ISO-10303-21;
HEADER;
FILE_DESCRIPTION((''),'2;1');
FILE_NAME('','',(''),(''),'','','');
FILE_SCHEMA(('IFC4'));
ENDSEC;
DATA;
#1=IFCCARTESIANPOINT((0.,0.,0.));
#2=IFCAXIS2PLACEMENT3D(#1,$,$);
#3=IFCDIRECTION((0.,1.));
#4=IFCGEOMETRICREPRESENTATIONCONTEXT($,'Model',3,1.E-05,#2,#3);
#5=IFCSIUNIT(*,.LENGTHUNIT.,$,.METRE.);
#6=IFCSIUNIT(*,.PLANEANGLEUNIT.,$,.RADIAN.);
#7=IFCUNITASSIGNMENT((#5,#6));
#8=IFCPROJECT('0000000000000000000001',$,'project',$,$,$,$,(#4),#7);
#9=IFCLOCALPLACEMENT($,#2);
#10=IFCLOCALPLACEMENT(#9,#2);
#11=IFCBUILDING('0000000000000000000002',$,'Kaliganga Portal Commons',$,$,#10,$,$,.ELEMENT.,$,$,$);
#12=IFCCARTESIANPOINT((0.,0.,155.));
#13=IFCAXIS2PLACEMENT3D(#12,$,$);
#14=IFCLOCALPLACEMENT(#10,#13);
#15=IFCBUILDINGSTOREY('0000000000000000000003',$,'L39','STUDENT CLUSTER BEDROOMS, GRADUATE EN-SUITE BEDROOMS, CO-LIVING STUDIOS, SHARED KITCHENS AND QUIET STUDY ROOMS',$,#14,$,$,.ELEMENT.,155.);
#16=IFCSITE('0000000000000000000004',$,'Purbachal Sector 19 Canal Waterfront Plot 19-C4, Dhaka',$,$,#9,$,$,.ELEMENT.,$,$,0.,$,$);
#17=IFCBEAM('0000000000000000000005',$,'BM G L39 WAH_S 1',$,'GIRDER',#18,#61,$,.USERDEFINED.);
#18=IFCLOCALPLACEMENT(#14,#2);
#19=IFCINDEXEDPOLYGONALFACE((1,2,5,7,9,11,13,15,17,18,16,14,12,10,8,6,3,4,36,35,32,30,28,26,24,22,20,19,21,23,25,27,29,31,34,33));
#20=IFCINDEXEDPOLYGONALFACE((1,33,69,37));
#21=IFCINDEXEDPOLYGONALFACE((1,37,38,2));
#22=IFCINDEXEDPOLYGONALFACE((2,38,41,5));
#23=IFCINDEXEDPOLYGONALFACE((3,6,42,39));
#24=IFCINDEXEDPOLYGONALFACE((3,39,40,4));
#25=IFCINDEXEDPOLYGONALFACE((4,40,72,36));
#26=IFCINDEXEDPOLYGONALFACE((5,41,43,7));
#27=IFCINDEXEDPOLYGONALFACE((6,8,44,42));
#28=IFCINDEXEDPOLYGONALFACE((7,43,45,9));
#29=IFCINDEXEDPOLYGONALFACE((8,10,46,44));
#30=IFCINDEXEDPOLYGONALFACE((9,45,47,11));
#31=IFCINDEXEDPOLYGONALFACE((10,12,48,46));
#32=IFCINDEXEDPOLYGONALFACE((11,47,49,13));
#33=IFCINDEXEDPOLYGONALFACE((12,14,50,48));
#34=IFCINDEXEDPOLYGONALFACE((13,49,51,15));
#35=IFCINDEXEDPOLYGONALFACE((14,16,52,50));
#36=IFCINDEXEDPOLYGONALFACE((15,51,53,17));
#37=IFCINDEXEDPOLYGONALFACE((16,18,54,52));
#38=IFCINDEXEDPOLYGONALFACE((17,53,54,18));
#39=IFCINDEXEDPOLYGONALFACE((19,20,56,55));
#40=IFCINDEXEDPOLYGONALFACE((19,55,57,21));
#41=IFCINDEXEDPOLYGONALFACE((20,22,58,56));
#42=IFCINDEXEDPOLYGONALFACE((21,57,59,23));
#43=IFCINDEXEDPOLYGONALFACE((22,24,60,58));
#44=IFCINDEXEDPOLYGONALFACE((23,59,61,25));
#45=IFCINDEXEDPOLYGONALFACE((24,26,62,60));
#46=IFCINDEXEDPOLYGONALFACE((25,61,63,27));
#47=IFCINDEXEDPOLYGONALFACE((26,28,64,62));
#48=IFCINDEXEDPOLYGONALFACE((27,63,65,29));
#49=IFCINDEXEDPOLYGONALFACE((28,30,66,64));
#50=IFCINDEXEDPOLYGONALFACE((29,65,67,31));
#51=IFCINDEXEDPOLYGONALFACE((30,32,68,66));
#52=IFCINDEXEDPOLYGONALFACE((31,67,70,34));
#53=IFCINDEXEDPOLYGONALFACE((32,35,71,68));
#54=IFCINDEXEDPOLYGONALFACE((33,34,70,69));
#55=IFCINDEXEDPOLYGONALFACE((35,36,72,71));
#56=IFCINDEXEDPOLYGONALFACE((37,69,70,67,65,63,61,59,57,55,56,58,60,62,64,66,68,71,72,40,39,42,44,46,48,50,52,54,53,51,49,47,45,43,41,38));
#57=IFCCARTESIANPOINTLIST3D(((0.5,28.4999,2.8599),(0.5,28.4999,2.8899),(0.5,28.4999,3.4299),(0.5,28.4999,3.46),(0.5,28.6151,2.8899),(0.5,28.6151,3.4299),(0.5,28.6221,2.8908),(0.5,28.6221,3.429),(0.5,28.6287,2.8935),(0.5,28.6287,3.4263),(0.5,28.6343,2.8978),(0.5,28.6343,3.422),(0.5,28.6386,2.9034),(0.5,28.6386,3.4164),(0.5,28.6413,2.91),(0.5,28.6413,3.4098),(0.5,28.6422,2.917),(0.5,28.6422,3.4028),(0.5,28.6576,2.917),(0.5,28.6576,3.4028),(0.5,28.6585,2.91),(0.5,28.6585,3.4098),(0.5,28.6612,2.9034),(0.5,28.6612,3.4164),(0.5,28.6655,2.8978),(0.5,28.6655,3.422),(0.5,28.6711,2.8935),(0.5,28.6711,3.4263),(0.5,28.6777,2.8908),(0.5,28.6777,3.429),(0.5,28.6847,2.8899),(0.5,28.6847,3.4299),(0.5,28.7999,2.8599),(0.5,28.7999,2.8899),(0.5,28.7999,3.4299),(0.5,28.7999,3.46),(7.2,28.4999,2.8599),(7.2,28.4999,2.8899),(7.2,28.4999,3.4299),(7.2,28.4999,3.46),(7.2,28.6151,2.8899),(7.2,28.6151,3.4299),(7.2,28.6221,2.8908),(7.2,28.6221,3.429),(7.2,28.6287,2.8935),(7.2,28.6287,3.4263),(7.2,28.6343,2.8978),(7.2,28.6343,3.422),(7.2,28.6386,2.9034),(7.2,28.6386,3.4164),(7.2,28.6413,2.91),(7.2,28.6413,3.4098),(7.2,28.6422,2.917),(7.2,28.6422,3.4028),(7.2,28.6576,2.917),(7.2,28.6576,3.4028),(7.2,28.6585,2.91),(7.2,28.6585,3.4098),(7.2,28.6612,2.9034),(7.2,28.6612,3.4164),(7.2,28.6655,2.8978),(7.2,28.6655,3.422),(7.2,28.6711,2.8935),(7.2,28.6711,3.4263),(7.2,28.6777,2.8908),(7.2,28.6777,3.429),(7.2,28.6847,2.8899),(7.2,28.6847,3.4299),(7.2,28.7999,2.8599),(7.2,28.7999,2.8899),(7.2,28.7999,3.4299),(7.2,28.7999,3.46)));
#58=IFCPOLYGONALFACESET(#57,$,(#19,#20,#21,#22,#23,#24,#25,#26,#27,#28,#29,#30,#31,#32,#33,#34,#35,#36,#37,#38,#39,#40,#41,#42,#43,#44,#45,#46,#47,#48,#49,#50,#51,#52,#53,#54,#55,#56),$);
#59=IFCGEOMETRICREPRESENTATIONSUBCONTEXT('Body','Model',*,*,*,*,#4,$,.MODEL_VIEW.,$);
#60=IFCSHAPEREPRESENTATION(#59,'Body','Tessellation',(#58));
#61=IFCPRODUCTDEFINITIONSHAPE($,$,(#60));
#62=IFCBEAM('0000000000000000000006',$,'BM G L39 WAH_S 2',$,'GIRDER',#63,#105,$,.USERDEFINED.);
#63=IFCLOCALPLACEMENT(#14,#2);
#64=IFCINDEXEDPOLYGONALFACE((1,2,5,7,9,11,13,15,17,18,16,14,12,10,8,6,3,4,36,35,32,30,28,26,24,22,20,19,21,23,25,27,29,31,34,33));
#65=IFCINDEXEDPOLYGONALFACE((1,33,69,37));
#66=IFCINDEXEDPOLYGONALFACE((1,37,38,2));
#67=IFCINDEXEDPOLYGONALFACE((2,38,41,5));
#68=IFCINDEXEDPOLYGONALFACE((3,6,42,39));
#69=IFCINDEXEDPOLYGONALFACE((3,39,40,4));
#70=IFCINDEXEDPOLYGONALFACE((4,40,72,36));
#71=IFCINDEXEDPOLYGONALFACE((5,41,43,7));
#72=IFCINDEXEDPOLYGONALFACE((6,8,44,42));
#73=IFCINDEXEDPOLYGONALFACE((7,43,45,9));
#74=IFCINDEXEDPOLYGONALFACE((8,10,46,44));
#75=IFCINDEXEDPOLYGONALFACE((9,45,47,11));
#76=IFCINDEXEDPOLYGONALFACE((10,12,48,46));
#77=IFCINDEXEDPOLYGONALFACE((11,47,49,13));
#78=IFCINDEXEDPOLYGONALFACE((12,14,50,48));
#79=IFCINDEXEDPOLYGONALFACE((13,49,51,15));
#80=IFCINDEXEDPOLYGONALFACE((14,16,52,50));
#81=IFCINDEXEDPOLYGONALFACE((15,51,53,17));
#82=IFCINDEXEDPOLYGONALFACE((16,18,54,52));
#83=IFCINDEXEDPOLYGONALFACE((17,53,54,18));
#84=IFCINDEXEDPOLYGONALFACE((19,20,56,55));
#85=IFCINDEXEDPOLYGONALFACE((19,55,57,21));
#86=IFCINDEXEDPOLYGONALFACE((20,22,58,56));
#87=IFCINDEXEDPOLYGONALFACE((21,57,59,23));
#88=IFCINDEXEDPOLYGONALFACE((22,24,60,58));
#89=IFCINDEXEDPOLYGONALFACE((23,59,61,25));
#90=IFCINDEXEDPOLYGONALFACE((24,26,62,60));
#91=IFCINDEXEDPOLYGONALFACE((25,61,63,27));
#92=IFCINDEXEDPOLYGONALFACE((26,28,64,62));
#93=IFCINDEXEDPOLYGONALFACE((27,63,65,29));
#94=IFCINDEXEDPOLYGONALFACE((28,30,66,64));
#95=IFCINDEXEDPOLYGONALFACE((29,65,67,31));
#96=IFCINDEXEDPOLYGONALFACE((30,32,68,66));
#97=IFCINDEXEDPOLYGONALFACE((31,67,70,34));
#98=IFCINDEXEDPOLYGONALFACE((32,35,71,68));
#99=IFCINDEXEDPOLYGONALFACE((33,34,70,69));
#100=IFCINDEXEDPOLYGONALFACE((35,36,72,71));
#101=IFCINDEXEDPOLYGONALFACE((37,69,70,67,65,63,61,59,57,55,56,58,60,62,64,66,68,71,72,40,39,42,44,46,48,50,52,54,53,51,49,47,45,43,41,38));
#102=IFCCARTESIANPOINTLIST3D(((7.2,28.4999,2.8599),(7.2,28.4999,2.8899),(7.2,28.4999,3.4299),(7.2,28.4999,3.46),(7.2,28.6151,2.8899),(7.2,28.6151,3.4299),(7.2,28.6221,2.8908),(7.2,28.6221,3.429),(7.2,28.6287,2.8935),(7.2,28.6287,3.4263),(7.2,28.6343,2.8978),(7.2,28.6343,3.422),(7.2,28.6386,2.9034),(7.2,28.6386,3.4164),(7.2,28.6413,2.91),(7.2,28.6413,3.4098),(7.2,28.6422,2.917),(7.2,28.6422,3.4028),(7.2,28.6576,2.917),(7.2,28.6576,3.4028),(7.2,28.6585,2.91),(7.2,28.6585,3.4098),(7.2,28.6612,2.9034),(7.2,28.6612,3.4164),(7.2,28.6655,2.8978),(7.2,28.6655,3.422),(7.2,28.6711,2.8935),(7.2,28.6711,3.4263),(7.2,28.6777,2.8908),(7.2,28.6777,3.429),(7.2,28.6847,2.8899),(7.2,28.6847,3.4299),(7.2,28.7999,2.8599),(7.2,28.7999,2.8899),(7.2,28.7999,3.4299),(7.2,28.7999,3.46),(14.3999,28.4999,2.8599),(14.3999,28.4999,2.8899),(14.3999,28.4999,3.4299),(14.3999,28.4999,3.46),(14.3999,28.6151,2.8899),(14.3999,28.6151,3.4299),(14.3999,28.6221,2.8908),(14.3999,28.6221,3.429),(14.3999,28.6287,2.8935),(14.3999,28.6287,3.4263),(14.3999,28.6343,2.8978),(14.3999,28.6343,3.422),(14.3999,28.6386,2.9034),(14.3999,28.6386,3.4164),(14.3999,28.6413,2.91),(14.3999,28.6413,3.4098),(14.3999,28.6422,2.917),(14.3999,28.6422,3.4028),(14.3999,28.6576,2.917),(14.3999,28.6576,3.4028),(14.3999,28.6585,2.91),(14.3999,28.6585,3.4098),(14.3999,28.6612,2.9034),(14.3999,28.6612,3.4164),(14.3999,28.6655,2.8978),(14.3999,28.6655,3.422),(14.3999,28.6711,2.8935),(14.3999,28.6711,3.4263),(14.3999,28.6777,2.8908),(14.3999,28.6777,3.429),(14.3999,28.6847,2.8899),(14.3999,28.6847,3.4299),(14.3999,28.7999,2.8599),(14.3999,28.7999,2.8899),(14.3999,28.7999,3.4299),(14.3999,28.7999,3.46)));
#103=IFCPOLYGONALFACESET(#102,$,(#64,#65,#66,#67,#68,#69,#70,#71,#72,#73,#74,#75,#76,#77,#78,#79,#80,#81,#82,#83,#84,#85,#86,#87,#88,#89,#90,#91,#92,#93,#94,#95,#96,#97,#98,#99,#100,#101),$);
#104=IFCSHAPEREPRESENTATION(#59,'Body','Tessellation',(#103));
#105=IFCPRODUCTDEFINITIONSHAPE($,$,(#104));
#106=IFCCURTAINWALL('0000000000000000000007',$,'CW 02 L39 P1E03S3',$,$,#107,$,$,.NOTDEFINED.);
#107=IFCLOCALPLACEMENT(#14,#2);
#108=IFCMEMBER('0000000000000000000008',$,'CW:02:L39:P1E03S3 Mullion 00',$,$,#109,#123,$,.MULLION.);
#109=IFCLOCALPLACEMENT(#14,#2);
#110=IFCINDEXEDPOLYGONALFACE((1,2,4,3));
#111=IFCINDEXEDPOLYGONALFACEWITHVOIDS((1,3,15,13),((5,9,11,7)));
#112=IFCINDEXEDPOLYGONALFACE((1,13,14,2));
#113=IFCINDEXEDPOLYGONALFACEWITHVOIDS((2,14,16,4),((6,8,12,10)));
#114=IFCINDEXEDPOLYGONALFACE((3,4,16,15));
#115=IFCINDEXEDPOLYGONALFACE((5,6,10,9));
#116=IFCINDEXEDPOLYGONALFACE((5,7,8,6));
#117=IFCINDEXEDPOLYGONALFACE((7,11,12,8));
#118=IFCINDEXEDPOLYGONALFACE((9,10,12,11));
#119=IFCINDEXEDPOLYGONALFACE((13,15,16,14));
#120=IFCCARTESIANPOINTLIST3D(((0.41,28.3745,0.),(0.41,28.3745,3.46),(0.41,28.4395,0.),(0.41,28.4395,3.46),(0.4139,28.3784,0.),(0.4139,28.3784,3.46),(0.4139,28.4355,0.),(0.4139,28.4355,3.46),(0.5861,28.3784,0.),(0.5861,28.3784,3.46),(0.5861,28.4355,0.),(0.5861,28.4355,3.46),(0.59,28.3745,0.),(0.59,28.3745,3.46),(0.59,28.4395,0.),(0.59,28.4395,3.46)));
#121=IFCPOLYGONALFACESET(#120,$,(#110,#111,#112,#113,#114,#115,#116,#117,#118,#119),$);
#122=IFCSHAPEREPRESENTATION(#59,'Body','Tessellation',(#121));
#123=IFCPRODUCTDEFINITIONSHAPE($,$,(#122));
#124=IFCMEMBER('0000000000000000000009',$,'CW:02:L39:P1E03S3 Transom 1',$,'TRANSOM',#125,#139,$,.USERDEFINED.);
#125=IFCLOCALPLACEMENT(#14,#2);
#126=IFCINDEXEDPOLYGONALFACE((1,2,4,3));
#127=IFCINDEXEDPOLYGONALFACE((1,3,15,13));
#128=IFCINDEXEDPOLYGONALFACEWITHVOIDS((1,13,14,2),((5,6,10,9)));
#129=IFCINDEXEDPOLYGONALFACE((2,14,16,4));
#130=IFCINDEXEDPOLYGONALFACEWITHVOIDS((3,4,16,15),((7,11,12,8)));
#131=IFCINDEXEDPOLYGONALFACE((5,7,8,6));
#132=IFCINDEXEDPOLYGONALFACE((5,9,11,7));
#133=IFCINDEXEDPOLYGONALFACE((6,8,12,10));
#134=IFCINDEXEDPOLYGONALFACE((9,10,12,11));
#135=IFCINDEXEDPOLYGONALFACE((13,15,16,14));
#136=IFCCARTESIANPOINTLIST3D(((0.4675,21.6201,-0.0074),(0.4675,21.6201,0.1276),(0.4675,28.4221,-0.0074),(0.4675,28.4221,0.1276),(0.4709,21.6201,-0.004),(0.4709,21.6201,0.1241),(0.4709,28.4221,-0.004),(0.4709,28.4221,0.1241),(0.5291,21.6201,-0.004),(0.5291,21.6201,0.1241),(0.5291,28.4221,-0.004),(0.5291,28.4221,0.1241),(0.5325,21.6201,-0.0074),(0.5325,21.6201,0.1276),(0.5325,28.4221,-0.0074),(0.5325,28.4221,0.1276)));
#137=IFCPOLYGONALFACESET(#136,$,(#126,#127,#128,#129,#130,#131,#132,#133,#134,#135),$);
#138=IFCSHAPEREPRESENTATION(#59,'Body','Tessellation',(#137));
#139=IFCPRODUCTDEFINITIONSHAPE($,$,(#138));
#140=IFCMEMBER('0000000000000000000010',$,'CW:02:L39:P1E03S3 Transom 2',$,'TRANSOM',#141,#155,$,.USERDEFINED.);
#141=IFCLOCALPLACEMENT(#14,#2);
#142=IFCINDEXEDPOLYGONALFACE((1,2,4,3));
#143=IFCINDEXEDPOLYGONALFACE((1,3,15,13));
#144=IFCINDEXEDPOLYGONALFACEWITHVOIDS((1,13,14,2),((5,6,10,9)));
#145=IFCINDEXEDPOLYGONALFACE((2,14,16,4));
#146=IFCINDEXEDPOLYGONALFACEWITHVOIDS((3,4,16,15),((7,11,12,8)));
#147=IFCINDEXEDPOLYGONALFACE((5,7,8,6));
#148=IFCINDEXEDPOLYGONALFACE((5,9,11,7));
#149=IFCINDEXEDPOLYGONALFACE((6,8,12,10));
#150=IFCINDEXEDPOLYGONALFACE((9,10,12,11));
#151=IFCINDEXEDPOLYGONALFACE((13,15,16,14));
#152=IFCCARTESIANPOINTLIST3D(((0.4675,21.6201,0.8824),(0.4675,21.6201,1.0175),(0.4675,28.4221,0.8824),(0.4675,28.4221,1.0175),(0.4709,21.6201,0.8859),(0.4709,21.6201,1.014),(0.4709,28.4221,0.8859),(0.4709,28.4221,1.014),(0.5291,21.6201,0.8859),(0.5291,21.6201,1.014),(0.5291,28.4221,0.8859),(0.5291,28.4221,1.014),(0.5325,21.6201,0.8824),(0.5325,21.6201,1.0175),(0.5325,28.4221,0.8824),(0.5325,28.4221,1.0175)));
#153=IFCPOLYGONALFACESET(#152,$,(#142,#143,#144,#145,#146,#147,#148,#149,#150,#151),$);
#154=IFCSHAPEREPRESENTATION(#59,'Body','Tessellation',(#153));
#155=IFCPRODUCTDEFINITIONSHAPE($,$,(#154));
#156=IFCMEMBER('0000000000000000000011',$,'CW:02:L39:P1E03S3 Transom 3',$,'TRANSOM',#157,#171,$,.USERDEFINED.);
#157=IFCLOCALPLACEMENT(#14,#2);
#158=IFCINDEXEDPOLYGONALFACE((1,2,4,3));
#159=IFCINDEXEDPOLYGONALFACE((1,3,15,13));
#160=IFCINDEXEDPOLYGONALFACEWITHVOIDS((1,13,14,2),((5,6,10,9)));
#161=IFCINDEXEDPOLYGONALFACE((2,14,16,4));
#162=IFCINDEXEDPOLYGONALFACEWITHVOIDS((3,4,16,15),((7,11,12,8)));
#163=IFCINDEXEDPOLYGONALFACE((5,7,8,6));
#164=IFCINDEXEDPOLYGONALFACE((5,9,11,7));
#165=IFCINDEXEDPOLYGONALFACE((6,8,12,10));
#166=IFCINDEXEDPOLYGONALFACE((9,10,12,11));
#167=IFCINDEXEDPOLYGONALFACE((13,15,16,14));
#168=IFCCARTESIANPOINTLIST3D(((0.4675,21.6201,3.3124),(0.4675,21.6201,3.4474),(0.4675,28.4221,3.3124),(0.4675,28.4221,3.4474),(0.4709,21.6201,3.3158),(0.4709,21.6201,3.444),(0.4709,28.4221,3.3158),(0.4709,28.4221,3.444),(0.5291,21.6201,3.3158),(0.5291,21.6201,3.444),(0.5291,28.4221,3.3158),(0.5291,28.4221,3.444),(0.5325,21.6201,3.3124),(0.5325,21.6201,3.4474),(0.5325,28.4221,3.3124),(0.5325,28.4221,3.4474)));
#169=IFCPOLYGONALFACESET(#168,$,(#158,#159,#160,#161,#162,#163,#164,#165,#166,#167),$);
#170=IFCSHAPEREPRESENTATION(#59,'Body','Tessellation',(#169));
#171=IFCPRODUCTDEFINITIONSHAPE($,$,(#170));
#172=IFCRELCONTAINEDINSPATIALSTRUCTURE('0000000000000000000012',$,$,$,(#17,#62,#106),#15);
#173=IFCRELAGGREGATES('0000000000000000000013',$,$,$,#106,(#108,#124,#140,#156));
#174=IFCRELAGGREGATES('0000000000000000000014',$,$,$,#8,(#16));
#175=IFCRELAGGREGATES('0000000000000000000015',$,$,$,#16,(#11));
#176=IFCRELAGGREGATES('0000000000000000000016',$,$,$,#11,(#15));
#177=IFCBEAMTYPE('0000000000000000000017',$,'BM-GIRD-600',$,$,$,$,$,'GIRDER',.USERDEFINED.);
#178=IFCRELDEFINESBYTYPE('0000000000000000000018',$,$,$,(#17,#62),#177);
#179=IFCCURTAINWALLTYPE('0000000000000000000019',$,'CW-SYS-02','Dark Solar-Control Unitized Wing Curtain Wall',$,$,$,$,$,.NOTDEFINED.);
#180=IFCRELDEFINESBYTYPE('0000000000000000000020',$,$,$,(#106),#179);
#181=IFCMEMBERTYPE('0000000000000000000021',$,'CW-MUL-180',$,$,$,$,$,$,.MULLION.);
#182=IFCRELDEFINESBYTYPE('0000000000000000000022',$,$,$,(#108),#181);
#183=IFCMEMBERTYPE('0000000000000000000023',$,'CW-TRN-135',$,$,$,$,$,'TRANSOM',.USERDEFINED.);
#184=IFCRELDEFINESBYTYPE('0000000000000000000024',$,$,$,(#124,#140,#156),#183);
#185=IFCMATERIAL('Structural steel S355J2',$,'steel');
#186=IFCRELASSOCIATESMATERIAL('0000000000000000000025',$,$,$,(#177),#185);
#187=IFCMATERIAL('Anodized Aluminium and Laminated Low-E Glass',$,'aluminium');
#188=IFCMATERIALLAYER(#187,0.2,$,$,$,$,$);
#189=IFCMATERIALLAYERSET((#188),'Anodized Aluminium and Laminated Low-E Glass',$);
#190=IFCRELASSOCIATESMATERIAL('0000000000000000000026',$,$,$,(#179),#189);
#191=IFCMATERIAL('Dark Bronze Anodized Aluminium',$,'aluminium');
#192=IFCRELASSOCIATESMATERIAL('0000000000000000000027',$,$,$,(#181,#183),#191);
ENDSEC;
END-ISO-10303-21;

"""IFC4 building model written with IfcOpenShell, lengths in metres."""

from ifc_helpers import new_model, si_unit, direction, frame, origin, origin_2d, place, context, subcontext, project, spatial, hollow_rectangle, i_section, extrude, source, transform, mapped, material, layer, layer_set, material_profile, profile_set, type_object, element, aggregate, save


model = new_model("IFC4")

# Units and contexts
model_context = context("Model", 3, precision=1e-05, world=origin(), true_north=direction((0.0, 1.0)))
body_context = subcontext(model_context, "Body", "Model", "MODEL_VIEW")
ifc_project = project(units=[si_unit("LENGTHUNIT", "METRE"), si_unit("PLANEANGLEUNIT", "RADIAN")], contexts=[model_context])

# Site, building, storey
site_placement = place(None, origin())
site = spatial("IfcSite", under=ifc_project, at=site_placement, Name="Purbachal Sector 19 Canal Waterfront Plot 19-C4, Dhaka", CompositionType="ELEMENT", RefElevation=0.0)
building_placement = place(site_placement, origin())
building = spatial("IfcBuilding", under=site, at=building_placement, Name="Kaliganga Portal Commons", CompositionType="ELEMENT")
storey_placement = place(building_placement, frame((0.0, 0.0, 155.0)))
storey = spatial("IfcBuildingStorey", under=building, at=storey_placement, Name="L39", Description="STUDENT CLUSTER BEDROOMS, GRADUATE EN-SUITE BEDROOMS, CO-LIVING STUDIOS, SHARED KITCHENS AND QUIET STUDY ROOMS", CompositionType="ELEMENT", Elevation=155.0)

# Beams
ifc_material_1 = material(Name="Structural steel S355J2", Category="steel")
ifc_material_profile_1 = material_profile(ifc_material_1, i_section(OverallWidth=0.3, OverallDepth=0.6001, WebThickness=0.0154, FlangeThickness=0.03, FilletRadius=0.0271, at=origin_2d()), Name="HE 600 B")
ifc_profile_set_1 = profile_set([ifc_material_profile_1], Name="Structural steel S355J2 wide-flange")
beam_type_1 = type_object("IfcBeamType", Name="BM-GIRD-600", ElementType="GIRDER", PredefinedType="USERDEFINED", material=ifc_profile_set_1)
shared_shape_1 = source(origin(), body_context, "Body", "SweptSolid", [
    extrude(i_section(OverallWidth=0.3, OverallDepth=0.6001, WebThickness=0.0154, FlangeThickness=0.03, FilletRadius=0.0271, at=origin_2d()), origin(), (0.0, 0.0, 1.0), 6.7),
])
beam_1_placement = place(storey_placement, frame((0.5, 28.6499, 3.1599), z_axis=(1.0, 0.0, 0.0), x_axis=(0.0, 1.0, 0.0)))
element("IfcBeam", 1, at=beam_1_placement, inside=storey, type_object=beam_type_1, Name="BM G L39 WAH_S 1", ObjectType="GIRDER", PredefinedType="USERDEFINED", context=body_context, shape_type="MappedRepresentation", body=[
    mapped(shared_shape_1, transform((0.0, 0.0, 0.0), x_axis=(1.0, 0.0, 0.0), y_axis=(0.0, 1.0, 0.0), z_axis=(0.0, 0.0, 1.0), scale=1.0)),
])
shared_shape_2 = source(origin(), body_context, "Body", "SweptSolid", [
    extrude(i_section(OverallWidth=0.3, OverallDepth=0.6001, WebThickness=0.0154, FlangeThickness=0.03, FilletRadius=0.0271, at=origin_2d()), origin(), (0.0, 0.0, 1.0), 7.2),
])
beam_2_placement = place(storey_placement, frame((7.2, 28.6499, 3.1599), z_axis=(1.0, 0.0, 0.0), x_axis=(0.0, 1.0, 0.0)))
element("IfcBeam", 2, at=beam_2_placement, inside=storey, type_object=beam_type_1, Name="BM G L39 WAH_S 2", ObjectType="GIRDER", PredefinedType="USERDEFINED", context=body_context, shape_type="MappedRepresentation", body=[
    mapped(shared_shape_2, transform((0.0, 0.0, 0.0), x_axis=(1.0, 0.0, 0.0), y_axis=(0.0, 1.0, 0.0), z_axis=(0.0, 0.0, 1.0), scale=1.0)),
])

# Curtain wall, members
ifc_material_2 = material(Name="Anodized Aluminium and Laminated Low-E Glass", Category="aluminium")
ifc_layer_1 = layer(ifc_material_2, 0.2)
ifc_layer_set_1 = layer_set([ifc_layer_1], Name="Anodized Aluminium and Laminated Low-E Glass")
curtain_wall_type = type_object("IfcCurtainWallType", Name="CW-SYS-02", Description="Dark Solar-Control Unitized Wing Curtain Wall", PredefinedType="NOTDEFINED", material=ifc_layer_set_1)
curtain_wall_1_placement = place(storey_placement, origin())
curtain_wall_1 = element("IfcCurtainWall", 3, at=curtain_wall_1_placement, inside=storey, type_object=curtain_wall_type, Name="CW 02 L39 P1E03S3", PredefinedType="NOTDEFINED")
ifc_material_3 = material(Name="Dark Bronze Anodized Aluminium", Category="aluminium")
ifc_material_profile_2 = material_profile(ifc_material_3, hollow_rectangle(XDim=0.0649, YDim=0.1799, WallThickness=0.0039, at=origin_2d()), Name="ALU MULL 65x180x4")
ifc_profile_set_2 = profile_set([ifc_material_profile_2], Name="Dark Bronze Anodized Aluminium")
member_type_1 = type_object("IfcMemberType", Name="CW-MUL-180", PredefinedType="MULLION", material=ifc_profile_set_2)
shared_shape_3 = source(origin(), body_context, "Body", "SweptSolid", [
    extrude(hollow_rectangle(XDim=0.0649, YDim=0.1799, WallThickness=0.0039, at=origin_2d()), origin(), (0.0, 0.0, 1.0), 3.46),
])
member_1_placement = place(storey_placement, frame((0.5, 28.407, 0.0), z_axis=(0.0, 0.0, 1.0), x_axis=(0.0, -1.0, 0.0)))
member_1 = element("IfcMember", 4, at=member_1_placement, type_object=member_type_1, Name="CW:02:L39:P1E03S3 Mullion 00", PredefinedType="MULLION", context=body_context, shape_type="MappedRepresentation", body=[
    mapped(shared_shape_3, transform((0.0, 0.0, 0.0), x_axis=(1.0, 0.0, 0.0), y_axis=(0.0, 1.0, 0.0), z_axis=(0.0, 0.0, 1.0), scale=1.0)),
])
ifc_material_profile_3 = material_profile(ifc_material_3, hollow_rectangle(XDim=0.0649, YDim=0.135, WallThickness=0.0034, at=origin_2d()), Name="ALU TRAN 65x135x3.5")
ifc_profile_set_3 = profile_set([ifc_material_profile_3], Name="Dark Bronze Anodized Aluminium")
member_type_2 = type_object("IfcMemberType", Name="CW-TRN-135", ElementType="TRANSOM", PredefinedType="USERDEFINED", material=ifc_profile_set_3)
shared_shape_4 = source(origin(), body_context, "Body", "SweptSolid", [
    extrude(hollow_rectangle(XDim=0.0649, YDim=0.135, WallThickness=0.0034, at=origin_2d()), origin(), (0.0, 0.0, 1.0), 6.802),
])
member_2_placement = place(storey_placement, frame((0.5, 28.4221, 0.0601), z_axis=(0.0, -1.0, 0.0), x_axis=(1.0, 0.0, 0.0)))
member_2 = element("IfcMember", 5, at=member_2_placement, type_object=member_type_2, Name="CW:02:L39:P1E03S3 Transom 1", ObjectType="TRANSOM", PredefinedType="USERDEFINED", context=body_context, shape_type="MappedRepresentation", body=[
    mapped(shared_shape_4, transform((0.0, 0.0, 0.0), x_axis=(1.0, 0.0, 0.0), y_axis=(0.0, 1.0, 0.0), z_axis=(0.0, 0.0, 1.0), scale=1.0)),
])
member_3_placement = place(storey_placement, frame((0.5, 28.4221, 0.95), z_axis=(0.0, -1.0, 0.0), x_axis=(1.0, 0.0, 0.0)))
member_3 = element("IfcMember", 6, at=member_3_placement, type_object=member_type_2, Name="CW:02:L39:P1E03S3 Transom 2", ObjectType="TRANSOM", PredefinedType="USERDEFINED", context=body_context, shape_type="MappedRepresentation", body=[
    mapped(shared_shape_4, transform((0.0, 0.0, 0.0), x_axis=(1.0, 0.0, 0.0), y_axis=(0.0, 1.0, 0.0), z_axis=(0.0, 0.0, 1.0), scale=1.0)),
])
member_4_placement = place(storey_placement, frame((0.5, 28.4221, 3.3799), z_axis=(0.0, -1.0, 0.0), x_axis=(1.0, 0.0, 0.0)))
member_4 = element("IfcMember", 7, at=member_4_placement, type_object=member_type_2, Name="CW:02:L39:P1E03S3 Transom 3", ObjectType="TRANSOM", PredefinedType="USERDEFINED", context=body_context, shape_type="MappedRepresentation", body=[
    mapped(shared_shape_4, transform((0.0, 0.0, 0.0), x_axis=(1.0, 0.0, 0.0), y_axis=(0.0, 1.0, 0.0), z_axis=(0.0, 0.0, 1.0), scale=1.0)),
])

aggregate(curtain_wall_1, [member_1, member_2, member_3, member_4])

save(model, "model.ifc")
